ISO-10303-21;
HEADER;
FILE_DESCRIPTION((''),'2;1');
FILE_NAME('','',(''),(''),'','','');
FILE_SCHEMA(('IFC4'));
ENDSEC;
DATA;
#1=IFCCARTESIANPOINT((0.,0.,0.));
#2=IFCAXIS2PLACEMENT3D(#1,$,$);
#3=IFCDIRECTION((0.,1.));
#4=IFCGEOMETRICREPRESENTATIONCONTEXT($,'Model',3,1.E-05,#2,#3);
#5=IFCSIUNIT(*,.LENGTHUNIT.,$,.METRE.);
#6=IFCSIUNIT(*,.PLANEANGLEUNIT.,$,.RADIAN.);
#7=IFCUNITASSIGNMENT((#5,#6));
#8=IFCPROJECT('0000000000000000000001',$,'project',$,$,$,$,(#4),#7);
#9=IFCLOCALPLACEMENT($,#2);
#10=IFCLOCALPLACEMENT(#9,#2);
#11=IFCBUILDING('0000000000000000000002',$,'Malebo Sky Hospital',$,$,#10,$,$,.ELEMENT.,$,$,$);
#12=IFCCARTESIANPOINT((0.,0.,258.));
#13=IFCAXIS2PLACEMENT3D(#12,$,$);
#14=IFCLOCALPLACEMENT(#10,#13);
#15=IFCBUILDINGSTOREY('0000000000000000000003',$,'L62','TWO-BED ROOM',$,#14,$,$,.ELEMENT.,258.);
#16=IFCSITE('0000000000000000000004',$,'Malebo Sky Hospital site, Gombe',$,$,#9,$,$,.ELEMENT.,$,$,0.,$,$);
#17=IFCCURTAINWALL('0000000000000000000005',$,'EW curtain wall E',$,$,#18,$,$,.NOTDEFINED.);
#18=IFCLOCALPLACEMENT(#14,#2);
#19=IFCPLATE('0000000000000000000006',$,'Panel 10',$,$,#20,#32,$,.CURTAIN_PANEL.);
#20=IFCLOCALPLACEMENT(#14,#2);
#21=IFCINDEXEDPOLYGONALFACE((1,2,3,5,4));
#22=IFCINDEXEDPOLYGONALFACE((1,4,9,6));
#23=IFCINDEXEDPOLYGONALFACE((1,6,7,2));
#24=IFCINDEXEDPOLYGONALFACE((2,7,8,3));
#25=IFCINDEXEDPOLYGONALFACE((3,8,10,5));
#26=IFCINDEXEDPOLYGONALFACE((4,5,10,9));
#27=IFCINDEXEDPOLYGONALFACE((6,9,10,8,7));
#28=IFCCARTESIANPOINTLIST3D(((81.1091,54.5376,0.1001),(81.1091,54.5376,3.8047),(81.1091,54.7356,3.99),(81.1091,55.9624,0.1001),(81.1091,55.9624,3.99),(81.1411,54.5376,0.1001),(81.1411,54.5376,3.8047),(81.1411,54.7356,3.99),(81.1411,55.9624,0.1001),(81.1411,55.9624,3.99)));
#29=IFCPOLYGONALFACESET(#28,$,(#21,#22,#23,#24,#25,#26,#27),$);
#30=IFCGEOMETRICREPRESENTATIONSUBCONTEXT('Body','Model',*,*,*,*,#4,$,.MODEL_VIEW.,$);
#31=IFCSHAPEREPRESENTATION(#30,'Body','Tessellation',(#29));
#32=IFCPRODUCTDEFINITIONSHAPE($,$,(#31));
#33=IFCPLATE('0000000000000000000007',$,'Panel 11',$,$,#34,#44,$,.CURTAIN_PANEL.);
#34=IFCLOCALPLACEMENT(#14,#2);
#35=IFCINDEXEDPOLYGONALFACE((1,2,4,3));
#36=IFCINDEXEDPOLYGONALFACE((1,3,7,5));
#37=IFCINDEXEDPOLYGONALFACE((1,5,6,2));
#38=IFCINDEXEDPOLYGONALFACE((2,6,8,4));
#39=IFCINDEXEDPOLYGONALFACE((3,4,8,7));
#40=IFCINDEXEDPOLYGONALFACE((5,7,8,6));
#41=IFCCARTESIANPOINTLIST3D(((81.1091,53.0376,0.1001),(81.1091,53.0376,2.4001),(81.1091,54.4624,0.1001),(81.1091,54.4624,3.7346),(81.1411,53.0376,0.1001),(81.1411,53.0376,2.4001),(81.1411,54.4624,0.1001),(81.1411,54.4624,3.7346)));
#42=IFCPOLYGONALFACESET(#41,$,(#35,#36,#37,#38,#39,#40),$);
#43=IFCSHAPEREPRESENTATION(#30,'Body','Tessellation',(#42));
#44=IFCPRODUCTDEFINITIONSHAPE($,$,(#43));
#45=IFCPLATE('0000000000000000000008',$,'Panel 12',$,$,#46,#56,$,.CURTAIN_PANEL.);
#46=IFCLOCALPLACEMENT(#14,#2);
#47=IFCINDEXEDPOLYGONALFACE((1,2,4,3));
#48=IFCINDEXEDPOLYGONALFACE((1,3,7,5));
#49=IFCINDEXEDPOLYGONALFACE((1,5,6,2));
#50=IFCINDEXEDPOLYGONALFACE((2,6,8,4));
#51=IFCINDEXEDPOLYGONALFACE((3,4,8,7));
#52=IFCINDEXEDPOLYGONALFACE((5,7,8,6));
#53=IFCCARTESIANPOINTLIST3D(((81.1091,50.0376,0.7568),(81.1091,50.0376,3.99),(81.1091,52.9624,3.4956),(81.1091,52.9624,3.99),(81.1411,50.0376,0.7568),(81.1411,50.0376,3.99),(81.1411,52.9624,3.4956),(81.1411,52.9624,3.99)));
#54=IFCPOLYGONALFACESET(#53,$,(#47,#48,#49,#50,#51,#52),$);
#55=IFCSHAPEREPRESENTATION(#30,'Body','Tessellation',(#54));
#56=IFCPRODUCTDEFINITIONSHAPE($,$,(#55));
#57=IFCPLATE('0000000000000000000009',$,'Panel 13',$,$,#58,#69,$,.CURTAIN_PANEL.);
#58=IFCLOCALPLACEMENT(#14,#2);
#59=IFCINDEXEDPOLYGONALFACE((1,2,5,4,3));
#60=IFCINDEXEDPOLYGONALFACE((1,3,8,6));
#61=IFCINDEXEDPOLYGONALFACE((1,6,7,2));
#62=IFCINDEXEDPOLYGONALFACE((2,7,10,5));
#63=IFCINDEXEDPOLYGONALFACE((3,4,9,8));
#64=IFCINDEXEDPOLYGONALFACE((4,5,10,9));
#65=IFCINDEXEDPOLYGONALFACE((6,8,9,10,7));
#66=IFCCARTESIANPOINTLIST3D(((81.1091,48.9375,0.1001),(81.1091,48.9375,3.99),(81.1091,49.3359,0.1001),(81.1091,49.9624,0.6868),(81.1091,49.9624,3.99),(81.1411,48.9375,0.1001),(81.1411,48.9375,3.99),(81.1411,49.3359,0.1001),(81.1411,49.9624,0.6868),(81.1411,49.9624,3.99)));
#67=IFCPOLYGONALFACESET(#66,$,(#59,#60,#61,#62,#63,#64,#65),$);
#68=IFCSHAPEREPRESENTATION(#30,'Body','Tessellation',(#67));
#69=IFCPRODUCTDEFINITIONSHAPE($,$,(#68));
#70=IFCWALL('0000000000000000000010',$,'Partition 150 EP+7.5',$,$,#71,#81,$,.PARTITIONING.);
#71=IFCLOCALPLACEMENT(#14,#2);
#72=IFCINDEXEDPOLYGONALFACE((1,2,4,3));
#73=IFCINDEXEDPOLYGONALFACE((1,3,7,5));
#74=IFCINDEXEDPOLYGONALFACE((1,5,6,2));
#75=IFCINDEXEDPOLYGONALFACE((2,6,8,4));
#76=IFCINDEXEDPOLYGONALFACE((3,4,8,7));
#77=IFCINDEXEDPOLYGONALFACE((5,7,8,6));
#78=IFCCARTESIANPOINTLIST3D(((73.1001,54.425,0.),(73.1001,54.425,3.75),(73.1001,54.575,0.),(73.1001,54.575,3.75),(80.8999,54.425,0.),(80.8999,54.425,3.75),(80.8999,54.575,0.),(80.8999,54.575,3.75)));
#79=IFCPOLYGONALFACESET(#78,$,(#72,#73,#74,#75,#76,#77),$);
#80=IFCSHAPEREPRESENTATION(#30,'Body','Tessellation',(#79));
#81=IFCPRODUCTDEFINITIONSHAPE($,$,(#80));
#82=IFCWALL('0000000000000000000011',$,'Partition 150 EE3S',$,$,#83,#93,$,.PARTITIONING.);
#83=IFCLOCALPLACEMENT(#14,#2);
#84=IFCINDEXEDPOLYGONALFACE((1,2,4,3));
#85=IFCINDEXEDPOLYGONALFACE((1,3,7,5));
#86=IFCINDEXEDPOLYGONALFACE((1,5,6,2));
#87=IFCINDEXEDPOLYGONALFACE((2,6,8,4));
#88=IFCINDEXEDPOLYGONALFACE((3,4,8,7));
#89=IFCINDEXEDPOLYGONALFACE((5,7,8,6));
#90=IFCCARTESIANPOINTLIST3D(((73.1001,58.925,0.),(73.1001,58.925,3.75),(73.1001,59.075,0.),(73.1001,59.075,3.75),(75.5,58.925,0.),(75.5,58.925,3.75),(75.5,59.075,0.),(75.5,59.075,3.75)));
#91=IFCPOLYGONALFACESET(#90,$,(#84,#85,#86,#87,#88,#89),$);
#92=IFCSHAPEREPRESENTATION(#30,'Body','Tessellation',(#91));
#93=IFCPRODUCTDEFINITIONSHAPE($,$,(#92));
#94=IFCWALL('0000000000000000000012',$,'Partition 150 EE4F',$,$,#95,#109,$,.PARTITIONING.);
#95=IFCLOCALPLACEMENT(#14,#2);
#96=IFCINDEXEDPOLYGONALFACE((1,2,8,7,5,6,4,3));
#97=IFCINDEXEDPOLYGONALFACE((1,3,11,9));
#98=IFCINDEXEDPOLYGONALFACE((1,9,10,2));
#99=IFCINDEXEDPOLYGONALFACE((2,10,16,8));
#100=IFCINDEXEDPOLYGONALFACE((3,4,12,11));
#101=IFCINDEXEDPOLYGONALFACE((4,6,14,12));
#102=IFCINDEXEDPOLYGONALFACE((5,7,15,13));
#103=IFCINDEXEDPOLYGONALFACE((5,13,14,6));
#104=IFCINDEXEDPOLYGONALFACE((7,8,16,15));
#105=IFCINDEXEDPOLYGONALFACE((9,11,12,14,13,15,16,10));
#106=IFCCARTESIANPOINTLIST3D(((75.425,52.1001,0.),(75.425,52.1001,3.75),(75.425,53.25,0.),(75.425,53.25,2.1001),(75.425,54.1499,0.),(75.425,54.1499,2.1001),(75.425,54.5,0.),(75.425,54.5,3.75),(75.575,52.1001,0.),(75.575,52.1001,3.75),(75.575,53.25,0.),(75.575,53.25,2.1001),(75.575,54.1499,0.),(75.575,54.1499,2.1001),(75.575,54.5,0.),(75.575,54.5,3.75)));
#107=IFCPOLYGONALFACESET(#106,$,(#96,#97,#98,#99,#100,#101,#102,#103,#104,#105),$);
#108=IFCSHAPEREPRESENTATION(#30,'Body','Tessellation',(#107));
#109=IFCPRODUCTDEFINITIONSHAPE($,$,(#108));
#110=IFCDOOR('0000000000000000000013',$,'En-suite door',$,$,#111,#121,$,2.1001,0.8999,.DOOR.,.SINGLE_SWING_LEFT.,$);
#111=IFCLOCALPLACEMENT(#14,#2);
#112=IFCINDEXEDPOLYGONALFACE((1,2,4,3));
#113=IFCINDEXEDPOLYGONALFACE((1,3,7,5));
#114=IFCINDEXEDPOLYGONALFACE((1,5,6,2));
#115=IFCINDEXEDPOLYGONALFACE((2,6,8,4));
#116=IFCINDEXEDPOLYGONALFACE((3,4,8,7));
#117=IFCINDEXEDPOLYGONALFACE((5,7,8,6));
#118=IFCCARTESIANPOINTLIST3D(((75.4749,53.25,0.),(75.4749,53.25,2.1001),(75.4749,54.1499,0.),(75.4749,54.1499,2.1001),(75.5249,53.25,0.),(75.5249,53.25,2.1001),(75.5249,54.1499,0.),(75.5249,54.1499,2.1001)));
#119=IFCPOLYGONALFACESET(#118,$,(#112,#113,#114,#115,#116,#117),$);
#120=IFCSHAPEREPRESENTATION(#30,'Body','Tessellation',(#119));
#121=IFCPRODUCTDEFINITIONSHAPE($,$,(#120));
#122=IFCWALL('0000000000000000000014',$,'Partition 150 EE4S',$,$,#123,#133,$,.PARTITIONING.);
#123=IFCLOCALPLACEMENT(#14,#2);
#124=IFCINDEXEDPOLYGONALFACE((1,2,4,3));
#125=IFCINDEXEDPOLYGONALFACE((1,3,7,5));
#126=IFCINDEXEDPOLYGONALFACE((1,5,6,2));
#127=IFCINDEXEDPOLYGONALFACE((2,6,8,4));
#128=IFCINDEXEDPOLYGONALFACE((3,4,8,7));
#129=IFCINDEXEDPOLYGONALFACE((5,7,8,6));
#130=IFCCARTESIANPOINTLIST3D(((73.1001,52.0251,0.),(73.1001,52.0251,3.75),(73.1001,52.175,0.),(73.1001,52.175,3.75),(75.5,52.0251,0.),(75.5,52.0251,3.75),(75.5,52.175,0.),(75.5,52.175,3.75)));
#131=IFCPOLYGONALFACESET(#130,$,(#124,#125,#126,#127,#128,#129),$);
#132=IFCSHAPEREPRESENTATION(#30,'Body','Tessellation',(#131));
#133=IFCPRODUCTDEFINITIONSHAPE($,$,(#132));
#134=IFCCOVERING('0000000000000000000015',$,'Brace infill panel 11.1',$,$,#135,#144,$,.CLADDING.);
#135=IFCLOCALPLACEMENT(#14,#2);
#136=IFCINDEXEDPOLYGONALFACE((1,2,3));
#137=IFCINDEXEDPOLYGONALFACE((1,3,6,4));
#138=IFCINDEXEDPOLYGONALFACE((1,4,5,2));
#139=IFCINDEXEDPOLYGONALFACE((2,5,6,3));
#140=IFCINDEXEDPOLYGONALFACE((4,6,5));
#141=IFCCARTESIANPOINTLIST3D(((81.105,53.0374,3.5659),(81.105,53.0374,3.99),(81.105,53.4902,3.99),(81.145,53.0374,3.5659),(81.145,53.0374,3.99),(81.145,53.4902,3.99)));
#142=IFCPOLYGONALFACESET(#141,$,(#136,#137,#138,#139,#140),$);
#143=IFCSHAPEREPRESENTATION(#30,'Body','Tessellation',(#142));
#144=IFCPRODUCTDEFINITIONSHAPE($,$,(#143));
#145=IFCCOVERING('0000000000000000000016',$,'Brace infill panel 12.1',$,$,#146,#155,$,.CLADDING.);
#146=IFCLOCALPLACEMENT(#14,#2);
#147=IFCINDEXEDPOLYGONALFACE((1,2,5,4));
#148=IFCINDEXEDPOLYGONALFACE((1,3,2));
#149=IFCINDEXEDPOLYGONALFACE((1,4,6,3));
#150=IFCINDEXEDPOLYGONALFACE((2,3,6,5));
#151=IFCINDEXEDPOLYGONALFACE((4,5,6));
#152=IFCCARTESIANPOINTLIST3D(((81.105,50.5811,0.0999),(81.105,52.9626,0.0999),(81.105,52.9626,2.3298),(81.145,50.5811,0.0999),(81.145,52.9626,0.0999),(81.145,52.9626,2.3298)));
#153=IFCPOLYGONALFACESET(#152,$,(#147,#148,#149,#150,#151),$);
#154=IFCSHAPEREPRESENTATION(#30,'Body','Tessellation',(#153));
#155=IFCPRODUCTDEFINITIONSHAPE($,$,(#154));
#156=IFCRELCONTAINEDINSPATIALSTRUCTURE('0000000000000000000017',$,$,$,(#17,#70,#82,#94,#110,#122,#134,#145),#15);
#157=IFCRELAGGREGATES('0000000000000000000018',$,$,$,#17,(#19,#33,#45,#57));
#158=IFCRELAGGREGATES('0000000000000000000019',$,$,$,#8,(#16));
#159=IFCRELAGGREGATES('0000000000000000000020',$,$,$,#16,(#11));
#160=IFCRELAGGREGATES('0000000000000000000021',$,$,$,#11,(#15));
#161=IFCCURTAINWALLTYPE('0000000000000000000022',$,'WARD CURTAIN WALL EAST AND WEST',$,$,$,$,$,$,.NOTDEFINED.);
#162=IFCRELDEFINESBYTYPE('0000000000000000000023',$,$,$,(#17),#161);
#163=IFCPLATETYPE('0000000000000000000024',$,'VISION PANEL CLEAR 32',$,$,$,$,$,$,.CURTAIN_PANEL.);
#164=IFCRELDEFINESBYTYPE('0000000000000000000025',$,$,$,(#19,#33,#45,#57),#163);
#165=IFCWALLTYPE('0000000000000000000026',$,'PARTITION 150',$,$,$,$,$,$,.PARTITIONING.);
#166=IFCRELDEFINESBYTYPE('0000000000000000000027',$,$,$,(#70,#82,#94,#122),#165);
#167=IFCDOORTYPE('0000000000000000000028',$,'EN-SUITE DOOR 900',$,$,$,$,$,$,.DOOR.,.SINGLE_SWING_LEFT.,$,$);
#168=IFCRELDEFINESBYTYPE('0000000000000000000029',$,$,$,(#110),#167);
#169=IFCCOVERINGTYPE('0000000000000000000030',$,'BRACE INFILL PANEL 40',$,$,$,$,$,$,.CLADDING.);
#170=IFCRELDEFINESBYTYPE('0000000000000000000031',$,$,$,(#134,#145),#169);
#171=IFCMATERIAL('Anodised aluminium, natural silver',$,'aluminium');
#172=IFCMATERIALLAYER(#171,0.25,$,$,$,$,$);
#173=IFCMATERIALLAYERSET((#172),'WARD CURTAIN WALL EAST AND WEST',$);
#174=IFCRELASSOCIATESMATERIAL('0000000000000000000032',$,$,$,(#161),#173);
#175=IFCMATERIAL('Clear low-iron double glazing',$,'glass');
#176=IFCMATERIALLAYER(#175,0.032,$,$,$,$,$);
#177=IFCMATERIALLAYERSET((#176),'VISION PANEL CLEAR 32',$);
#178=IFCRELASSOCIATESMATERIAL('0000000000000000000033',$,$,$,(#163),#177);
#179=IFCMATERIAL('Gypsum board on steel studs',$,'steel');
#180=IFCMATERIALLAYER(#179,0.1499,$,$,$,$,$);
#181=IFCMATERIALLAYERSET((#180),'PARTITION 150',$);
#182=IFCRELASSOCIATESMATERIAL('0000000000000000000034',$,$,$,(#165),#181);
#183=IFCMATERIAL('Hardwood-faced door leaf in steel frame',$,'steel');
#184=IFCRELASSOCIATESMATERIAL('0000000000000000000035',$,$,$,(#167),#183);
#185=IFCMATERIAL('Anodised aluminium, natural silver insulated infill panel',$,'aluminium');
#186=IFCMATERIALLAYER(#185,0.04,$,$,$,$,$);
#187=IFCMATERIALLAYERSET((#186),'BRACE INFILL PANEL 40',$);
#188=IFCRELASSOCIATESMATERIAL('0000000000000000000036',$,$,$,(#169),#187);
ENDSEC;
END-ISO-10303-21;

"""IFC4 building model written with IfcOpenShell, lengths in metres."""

from ifc_helpers import new_model, si_unit, direction, frame, frame_2d, origin, place, context, subcontext, project, spatial, polyline, rectangle, outline, extrude, material, layer, layer_set, type_object, element, fill, aggregate, save


model = new_model("IFC4")

# Units and contexts
model_context = context("Model", 3, precision=1e-05, world=origin(), true_north=direction((0.0, 1.0)))
body_context = subcontext(model_context, "Body", "Model", "MODEL_VIEW")
ifc_project = project(units=[si_unit("LENGTHUNIT", "METRE"), si_unit("PLANEANGLEUNIT", "RADIAN")], contexts=[model_context])

# Site, building, storey
site_placement = place(None, origin())
site = spatial("IfcSite", under=ifc_project, at=site_placement, Name="Malebo Sky Hospital site, Gombe", CompositionType="ELEMENT", RefElevation=0.0)
building_placement = place(site_placement, origin())
building = spatial("IfcBuilding", under=site, at=building_placement, Name="Malebo Sky Hospital", CompositionType="ELEMENT")
storey_placement = place(building_placement, frame((0.0, 0.0, 258.0)))
storey = spatial("IfcBuildingStorey", under=building, at=storey_placement, Name="L62", Description="TWO-BED ROOM", CompositionType="ELEMENT", Elevation=258.0)

# Curtain wall
ifc_material_1 = material(Name="Anodised aluminium, natural silver", Category="aluminium")
ifc_layer_1 = layer(ifc_material_1, 0.25)
ifc_layer_set_1 = layer_set([ifc_layer_1], Name="WARD CURTAIN WALL EAST AND WEST")
curtain_wall_type = type_object("IfcCurtainWallType", Name="WARD CURTAIN WALL EAST AND WEST", PredefinedType="NOTDEFINED", material=ifc_layer_set_1)
curtain_wall_placement = place(storey_placement, origin())
curtain_wall = element("IfcCurtainWall", 1, at=curtain_wall_placement, inside=storey, type_object=curtain_wall_type, Name="EW curtain wall E", PredefinedType="NOTDEFINED")

# Plates
ifc_material_2 = material(Name="Clear low-iron double glazing", Category="glass")
ifc_layer_2 = layer(ifc_material_2, 0.032)
ifc_layer_set_2 = layer_set([ifc_layer_2], Name="VISION PANEL CLEAR 32")
plate_type = type_object("IfcPlateType", Name="VISION PANEL CLEAR 32", PredefinedType="CURTAIN_PANEL", material=ifc_layer_set_2)
plate_1_placement = place(storey_placement, frame((81.125, 55.25, 0.1001), z_axis=(0.0, 0.0, 1.0), x_axis=(0.0, -1.0, 0.0)))
plate_1 = element("IfcPlate", 2, at=plate_1_placement, type_object=plate_type, Name="Panel 10", PredefinedType="CURTAIN_PANEL", context=body_context, shape_type="SweptSolid", body=[
    extrude(outline(polyline([(-0.7124, 0.0), (0.7124, 0.0), (0.7124, 3.7046), (0.5144, 3.8899), (-0.7124, 3.8899), (-0.7124, 0.0)])), frame((0.0, 0.0161, 0.0), z_axis=(0.0, -1.0, 0.0), x_axis=(1.0, 0.0, 0.0)), (0.0, 0.0, 1.0), 0.032),
])
plate_2_placement = place(storey_placement, frame((81.125, 53.75, 0.1001), z_axis=(0.0, 0.0, 1.0), x_axis=(0.0, -1.0, 0.0)))
plate_2 = element("IfcPlate", 3, at=plate_2_placement, type_object=plate_type, Name="Panel 11", PredefinedType="CURTAIN_PANEL", context=body_context, shape_type="SweptSolid", body=[
    extrude(outline(polyline([(-0.7124, 0.0), (0.7124, 0.0), (0.7124, 2.3), (-0.7124, 3.6345), (-0.7124, 0.0)])), frame((0.0, 0.0161, 0.0), z_axis=(0.0, -1.0, 0.0), x_axis=(1.0, 0.0, 0.0)), (0.0, 0.0, 1.0), 0.032),
])
plate_3_placement = place(storey_placement, frame((81.125, 51.5, 0.7568), z_axis=(0.0, 0.0, 1.0), x_axis=(0.0, -1.0, 0.0)))
plate_3 = element("IfcPlate", 4, at=plate_3_placement, type_object=plate_type, Name="Panel 12", PredefinedType="CURTAIN_PANEL", context=body_context, shape_type="SweptSolid", body=[
    extrude(outline(polyline([(1.4624, 0.0), (1.4624, 3.2332), (-1.4624, 3.2332), (-1.4624, 2.7388), (1.4624, 0.0)])), frame((0.0, 0.0161, 0.0), z_axis=(0.0, -1.0, 0.0), x_axis=(1.0, 0.0, 0.0)), (0.0, 0.0, 1.0), 0.032),
])
plate_4_placement = place(storey_placement, frame((81.125, 49.45, 0.1001), z_axis=(0.0, 0.0, 1.0), x_axis=(0.0, -1.0, 0.0)))
plate_4 = element("IfcPlate", 5, at=plate_4_placement, type_object=plate_type, Name="Panel 13", PredefinedType="CURTAIN_PANEL", context=body_context, shape_type="SweptSolid", body=[
    extrude(outline(polyline([(0.114, 0.0), (0.5125, 0.0), (0.5125, 3.8899), (-0.5125, 3.8899), (-0.5125, 0.5867), (0.114, 0.0)])), frame((0.0, 0.0161, 0.0), z_axis=(0.0, -1.0, 0.0), x_axis=(1.0, 0.0, 0.0)), (0.0, 0.0, 1.0), 0.032),
])
aggregate(curtain_wall, [plate_1, plate_2, plate_3, plate_4])

# Walls
ifc_material_3 = material(Name="Gypsum board on steel studs", Category="steel")
ifc_layer_3 = layer(ifc_material_3, 0.1499)
ifc_layer_set_3 = layer_set([ifc_layer_3], Name="PARTITION 150")
wall_type = type_object("IfcWallType", Name="PARTITION 150", PredefinedType="PARTITIONING", material=ifc_layer_set_3)
wall_1_placement = place(storey_placement, frame((73.1001, 54.5, 0.0), z_axis=(0.0, 0.0, 1.0), x_axis=(1.0, 0.0, 0.0)))
element("IfcWall", 6, at=wall_1_placement, inside=storey, type_object=wall_type, Name="Partition 150 EP+7.5", PredefinedType="PARTITIONING", context=body_context, shape_type="SweptSolid", body=[
    extrude(rectangle(XDim=7.7998, YDim=0.1499, at=frame_2d((3.8999, 0.0))), origin(), (0.0, 0.0, 1.0), 3.75),
])
wall_2_placement = place(storey_placement, frame((73.1001, 59.0, 0.0), z_axis=(0.0, 0.0, 1.0), x_axis=(1.0, 0.0, 0.0)))
element("IfcWall", 7, at=wall_2_placement, inside=storey, type_object=wall_type, Name="Partition 150 EE3S", PredefinedType="PARTITIONING", context=body_context, shape_type="SweptSolid", body=[
    extrude(rectangle(XDim=2.3999, YDim=0.1499, at=frame_2d((1.2, 0.0))), origin(), (0.0, 0.0, 1.0), 3.75),
])

# Wall, opening, door
wall_3_placement = place(storey_placement, frame((75.5, 54.5, 0.0), z_axis=(0.0, 0.0, 1.0), x_axis=(0.0, -1.0, 0.0)))
wall_3 = element("IfcWall", 8, at=wall_3_placement, inside=storey, type_object=wall_type, Name="Partition 150 EE4F", PredefinedType="PARTITIONING", context=body_context, shape_type="SweptSolid", body=[
    extrude(rectangle(XDim=2.3999, YDim=0.1499, at=frame_2d((1.2, 0.0))), origin(), (0.0, 0.0, 1.0), 3.75),
])
opening_placement = place(wall_3_placement, frame((0.3501, 0.0, 0.0)))
opening = element("IfcOpeningElement", 9, at=opening_placement, cuts=wall_3, PredefinedType="OPENING", context=body_context, shape_type="SweptSolid", body=[
    extrude(rectangle(XDim=0.8999, YDim=2.1001, at=frame_2d((0.45, 1.05))), frame((0.0, 0.085, 0.0), z_axis=(0.0, -1.0, 0.0), x_axis=(1.0, 0.0, 0.0)), (0.0, 0.0, 1.0), 0.1699),
])
ifc_material_4 = material(Name="Hardwood-faced door leaf in steel frame", Category="steel")
door_type = type_object("IfcDoorType", Name="EN-SUITE DOOR 900", OperationType="SINGLE_SWING_LEFT", PredefinedType="DOOR", material=ifc_material_4)
door_placement = place(opening_placement, origin())
door = element("IfcDoor", 10, at=door_placement, inside=storey, type_object=door_type, Name="En-suite door", OperationType="SINGLE_SWING_LEFT", OverallHeight=2.1001, OverallWidth=0.8999, PredefinedType="DOOR", context=body_context, shape_type="SweptSolid", body=[
    extrude(rectangle(XDim=0.8999, YDim=2.1001, at=frame_2d((0.45, 1.05))), frame((0.0, 0.0249, 0.0), z_axis=(0.0, -1.0, 0.0), x_axis=(1.0, 0.0, 0.0)), (0.0, 0.0, 1.0), 0.05),
])
fill(opening, door)

# Wall
wall_4_placement = place(storey_placement, frame((73.1001, 52.1001, 0.0), z_axis=(0.0, 0.0, 1.0), x_axis=(1.0, 0.0, 0.0)))
element("IfcWall", 11, at=wall_4_placement, inside=storey, type_object=wall_type, Name="Partition 150 EE4S", PredefinedType="PARTITIONING", context=body_context, shape_type="SweptSolid", body=[
    extrude(rectangle(XDim=2.3999, YDim=0.1499, at=frame_2d((1.2, 0.0))), origin(), (0.0, 0.0, 1.0), 3.75),
])

# Coverings
ifc_material_5 = material(Name="Anodised aluminium, natural silver insulated infill panel", Category="aluminium")
ifc_layer_4 = layer(ifc_material_5, 0.04)
ifc_layer_set_4 = layer_set([ifc_layer_4], Name="BRACE INFILL PANEL 40")
covering_type = type_object("IfcCoveringType", Name="BRACE INFILL PANEL 40", PredefinedType="CLADDING", material=ifc_layer_set_4)
covering_1_placement = place(storey_placement, frame((81.125, 53.2639, 3.5659), z_axis=(0.0, 0.0, 1.0), x_axis=(0.0, -1.0, 0.0)))
element("IfcCovering", 12, at=covering_1_placement, inside=storey, type_object=covering_type, Name="Brace infill panel 11.1", PredefinedType="CLADDING", context=body_context, shape_type="SweptSolid", body=[
    extrude(outline(polyline([(0.2266, 0.0), (0.2266, 0.4241), (-0.2263, 0.4241), (0.2266, 0.0)])), frame((0.0, 0.02, 0.0), z_axis=(0.0, -1.0, 0.0), x_axis=(1.0, 0.0, 0.0)), (0.0, 0.0, 1.0), 0.04),
])
covering_2_placement = place(storey_placement, frame((81.125, 51.7717, 0.0999), z_axis=(0.0, 0.0, 1.0), x_axis=(0.0, -1.0, 0.0)))
element("IfcCovering", 13, at=covering_2_placement, inside=storey, type_object=covering_type, Name="Brace infill panel 12.1", PredefinedType="CLADDING", context=body_context, shape_type="SweptSolid", body=[
    extrude(outline(polyline([(-1.1909, 0.0), (1.1907, 0.0), (-1.1909, 2.23), (-1.1909, 0.0)])), frame((0.0, 0.02, 0.0), z_axis=(0.0, -1.0, 0.0), x_axis=(1.0, 0.0, 0.0)), (0.0, 0.0, 1.0), 0.04),
])

save(model, "model.ifc")
